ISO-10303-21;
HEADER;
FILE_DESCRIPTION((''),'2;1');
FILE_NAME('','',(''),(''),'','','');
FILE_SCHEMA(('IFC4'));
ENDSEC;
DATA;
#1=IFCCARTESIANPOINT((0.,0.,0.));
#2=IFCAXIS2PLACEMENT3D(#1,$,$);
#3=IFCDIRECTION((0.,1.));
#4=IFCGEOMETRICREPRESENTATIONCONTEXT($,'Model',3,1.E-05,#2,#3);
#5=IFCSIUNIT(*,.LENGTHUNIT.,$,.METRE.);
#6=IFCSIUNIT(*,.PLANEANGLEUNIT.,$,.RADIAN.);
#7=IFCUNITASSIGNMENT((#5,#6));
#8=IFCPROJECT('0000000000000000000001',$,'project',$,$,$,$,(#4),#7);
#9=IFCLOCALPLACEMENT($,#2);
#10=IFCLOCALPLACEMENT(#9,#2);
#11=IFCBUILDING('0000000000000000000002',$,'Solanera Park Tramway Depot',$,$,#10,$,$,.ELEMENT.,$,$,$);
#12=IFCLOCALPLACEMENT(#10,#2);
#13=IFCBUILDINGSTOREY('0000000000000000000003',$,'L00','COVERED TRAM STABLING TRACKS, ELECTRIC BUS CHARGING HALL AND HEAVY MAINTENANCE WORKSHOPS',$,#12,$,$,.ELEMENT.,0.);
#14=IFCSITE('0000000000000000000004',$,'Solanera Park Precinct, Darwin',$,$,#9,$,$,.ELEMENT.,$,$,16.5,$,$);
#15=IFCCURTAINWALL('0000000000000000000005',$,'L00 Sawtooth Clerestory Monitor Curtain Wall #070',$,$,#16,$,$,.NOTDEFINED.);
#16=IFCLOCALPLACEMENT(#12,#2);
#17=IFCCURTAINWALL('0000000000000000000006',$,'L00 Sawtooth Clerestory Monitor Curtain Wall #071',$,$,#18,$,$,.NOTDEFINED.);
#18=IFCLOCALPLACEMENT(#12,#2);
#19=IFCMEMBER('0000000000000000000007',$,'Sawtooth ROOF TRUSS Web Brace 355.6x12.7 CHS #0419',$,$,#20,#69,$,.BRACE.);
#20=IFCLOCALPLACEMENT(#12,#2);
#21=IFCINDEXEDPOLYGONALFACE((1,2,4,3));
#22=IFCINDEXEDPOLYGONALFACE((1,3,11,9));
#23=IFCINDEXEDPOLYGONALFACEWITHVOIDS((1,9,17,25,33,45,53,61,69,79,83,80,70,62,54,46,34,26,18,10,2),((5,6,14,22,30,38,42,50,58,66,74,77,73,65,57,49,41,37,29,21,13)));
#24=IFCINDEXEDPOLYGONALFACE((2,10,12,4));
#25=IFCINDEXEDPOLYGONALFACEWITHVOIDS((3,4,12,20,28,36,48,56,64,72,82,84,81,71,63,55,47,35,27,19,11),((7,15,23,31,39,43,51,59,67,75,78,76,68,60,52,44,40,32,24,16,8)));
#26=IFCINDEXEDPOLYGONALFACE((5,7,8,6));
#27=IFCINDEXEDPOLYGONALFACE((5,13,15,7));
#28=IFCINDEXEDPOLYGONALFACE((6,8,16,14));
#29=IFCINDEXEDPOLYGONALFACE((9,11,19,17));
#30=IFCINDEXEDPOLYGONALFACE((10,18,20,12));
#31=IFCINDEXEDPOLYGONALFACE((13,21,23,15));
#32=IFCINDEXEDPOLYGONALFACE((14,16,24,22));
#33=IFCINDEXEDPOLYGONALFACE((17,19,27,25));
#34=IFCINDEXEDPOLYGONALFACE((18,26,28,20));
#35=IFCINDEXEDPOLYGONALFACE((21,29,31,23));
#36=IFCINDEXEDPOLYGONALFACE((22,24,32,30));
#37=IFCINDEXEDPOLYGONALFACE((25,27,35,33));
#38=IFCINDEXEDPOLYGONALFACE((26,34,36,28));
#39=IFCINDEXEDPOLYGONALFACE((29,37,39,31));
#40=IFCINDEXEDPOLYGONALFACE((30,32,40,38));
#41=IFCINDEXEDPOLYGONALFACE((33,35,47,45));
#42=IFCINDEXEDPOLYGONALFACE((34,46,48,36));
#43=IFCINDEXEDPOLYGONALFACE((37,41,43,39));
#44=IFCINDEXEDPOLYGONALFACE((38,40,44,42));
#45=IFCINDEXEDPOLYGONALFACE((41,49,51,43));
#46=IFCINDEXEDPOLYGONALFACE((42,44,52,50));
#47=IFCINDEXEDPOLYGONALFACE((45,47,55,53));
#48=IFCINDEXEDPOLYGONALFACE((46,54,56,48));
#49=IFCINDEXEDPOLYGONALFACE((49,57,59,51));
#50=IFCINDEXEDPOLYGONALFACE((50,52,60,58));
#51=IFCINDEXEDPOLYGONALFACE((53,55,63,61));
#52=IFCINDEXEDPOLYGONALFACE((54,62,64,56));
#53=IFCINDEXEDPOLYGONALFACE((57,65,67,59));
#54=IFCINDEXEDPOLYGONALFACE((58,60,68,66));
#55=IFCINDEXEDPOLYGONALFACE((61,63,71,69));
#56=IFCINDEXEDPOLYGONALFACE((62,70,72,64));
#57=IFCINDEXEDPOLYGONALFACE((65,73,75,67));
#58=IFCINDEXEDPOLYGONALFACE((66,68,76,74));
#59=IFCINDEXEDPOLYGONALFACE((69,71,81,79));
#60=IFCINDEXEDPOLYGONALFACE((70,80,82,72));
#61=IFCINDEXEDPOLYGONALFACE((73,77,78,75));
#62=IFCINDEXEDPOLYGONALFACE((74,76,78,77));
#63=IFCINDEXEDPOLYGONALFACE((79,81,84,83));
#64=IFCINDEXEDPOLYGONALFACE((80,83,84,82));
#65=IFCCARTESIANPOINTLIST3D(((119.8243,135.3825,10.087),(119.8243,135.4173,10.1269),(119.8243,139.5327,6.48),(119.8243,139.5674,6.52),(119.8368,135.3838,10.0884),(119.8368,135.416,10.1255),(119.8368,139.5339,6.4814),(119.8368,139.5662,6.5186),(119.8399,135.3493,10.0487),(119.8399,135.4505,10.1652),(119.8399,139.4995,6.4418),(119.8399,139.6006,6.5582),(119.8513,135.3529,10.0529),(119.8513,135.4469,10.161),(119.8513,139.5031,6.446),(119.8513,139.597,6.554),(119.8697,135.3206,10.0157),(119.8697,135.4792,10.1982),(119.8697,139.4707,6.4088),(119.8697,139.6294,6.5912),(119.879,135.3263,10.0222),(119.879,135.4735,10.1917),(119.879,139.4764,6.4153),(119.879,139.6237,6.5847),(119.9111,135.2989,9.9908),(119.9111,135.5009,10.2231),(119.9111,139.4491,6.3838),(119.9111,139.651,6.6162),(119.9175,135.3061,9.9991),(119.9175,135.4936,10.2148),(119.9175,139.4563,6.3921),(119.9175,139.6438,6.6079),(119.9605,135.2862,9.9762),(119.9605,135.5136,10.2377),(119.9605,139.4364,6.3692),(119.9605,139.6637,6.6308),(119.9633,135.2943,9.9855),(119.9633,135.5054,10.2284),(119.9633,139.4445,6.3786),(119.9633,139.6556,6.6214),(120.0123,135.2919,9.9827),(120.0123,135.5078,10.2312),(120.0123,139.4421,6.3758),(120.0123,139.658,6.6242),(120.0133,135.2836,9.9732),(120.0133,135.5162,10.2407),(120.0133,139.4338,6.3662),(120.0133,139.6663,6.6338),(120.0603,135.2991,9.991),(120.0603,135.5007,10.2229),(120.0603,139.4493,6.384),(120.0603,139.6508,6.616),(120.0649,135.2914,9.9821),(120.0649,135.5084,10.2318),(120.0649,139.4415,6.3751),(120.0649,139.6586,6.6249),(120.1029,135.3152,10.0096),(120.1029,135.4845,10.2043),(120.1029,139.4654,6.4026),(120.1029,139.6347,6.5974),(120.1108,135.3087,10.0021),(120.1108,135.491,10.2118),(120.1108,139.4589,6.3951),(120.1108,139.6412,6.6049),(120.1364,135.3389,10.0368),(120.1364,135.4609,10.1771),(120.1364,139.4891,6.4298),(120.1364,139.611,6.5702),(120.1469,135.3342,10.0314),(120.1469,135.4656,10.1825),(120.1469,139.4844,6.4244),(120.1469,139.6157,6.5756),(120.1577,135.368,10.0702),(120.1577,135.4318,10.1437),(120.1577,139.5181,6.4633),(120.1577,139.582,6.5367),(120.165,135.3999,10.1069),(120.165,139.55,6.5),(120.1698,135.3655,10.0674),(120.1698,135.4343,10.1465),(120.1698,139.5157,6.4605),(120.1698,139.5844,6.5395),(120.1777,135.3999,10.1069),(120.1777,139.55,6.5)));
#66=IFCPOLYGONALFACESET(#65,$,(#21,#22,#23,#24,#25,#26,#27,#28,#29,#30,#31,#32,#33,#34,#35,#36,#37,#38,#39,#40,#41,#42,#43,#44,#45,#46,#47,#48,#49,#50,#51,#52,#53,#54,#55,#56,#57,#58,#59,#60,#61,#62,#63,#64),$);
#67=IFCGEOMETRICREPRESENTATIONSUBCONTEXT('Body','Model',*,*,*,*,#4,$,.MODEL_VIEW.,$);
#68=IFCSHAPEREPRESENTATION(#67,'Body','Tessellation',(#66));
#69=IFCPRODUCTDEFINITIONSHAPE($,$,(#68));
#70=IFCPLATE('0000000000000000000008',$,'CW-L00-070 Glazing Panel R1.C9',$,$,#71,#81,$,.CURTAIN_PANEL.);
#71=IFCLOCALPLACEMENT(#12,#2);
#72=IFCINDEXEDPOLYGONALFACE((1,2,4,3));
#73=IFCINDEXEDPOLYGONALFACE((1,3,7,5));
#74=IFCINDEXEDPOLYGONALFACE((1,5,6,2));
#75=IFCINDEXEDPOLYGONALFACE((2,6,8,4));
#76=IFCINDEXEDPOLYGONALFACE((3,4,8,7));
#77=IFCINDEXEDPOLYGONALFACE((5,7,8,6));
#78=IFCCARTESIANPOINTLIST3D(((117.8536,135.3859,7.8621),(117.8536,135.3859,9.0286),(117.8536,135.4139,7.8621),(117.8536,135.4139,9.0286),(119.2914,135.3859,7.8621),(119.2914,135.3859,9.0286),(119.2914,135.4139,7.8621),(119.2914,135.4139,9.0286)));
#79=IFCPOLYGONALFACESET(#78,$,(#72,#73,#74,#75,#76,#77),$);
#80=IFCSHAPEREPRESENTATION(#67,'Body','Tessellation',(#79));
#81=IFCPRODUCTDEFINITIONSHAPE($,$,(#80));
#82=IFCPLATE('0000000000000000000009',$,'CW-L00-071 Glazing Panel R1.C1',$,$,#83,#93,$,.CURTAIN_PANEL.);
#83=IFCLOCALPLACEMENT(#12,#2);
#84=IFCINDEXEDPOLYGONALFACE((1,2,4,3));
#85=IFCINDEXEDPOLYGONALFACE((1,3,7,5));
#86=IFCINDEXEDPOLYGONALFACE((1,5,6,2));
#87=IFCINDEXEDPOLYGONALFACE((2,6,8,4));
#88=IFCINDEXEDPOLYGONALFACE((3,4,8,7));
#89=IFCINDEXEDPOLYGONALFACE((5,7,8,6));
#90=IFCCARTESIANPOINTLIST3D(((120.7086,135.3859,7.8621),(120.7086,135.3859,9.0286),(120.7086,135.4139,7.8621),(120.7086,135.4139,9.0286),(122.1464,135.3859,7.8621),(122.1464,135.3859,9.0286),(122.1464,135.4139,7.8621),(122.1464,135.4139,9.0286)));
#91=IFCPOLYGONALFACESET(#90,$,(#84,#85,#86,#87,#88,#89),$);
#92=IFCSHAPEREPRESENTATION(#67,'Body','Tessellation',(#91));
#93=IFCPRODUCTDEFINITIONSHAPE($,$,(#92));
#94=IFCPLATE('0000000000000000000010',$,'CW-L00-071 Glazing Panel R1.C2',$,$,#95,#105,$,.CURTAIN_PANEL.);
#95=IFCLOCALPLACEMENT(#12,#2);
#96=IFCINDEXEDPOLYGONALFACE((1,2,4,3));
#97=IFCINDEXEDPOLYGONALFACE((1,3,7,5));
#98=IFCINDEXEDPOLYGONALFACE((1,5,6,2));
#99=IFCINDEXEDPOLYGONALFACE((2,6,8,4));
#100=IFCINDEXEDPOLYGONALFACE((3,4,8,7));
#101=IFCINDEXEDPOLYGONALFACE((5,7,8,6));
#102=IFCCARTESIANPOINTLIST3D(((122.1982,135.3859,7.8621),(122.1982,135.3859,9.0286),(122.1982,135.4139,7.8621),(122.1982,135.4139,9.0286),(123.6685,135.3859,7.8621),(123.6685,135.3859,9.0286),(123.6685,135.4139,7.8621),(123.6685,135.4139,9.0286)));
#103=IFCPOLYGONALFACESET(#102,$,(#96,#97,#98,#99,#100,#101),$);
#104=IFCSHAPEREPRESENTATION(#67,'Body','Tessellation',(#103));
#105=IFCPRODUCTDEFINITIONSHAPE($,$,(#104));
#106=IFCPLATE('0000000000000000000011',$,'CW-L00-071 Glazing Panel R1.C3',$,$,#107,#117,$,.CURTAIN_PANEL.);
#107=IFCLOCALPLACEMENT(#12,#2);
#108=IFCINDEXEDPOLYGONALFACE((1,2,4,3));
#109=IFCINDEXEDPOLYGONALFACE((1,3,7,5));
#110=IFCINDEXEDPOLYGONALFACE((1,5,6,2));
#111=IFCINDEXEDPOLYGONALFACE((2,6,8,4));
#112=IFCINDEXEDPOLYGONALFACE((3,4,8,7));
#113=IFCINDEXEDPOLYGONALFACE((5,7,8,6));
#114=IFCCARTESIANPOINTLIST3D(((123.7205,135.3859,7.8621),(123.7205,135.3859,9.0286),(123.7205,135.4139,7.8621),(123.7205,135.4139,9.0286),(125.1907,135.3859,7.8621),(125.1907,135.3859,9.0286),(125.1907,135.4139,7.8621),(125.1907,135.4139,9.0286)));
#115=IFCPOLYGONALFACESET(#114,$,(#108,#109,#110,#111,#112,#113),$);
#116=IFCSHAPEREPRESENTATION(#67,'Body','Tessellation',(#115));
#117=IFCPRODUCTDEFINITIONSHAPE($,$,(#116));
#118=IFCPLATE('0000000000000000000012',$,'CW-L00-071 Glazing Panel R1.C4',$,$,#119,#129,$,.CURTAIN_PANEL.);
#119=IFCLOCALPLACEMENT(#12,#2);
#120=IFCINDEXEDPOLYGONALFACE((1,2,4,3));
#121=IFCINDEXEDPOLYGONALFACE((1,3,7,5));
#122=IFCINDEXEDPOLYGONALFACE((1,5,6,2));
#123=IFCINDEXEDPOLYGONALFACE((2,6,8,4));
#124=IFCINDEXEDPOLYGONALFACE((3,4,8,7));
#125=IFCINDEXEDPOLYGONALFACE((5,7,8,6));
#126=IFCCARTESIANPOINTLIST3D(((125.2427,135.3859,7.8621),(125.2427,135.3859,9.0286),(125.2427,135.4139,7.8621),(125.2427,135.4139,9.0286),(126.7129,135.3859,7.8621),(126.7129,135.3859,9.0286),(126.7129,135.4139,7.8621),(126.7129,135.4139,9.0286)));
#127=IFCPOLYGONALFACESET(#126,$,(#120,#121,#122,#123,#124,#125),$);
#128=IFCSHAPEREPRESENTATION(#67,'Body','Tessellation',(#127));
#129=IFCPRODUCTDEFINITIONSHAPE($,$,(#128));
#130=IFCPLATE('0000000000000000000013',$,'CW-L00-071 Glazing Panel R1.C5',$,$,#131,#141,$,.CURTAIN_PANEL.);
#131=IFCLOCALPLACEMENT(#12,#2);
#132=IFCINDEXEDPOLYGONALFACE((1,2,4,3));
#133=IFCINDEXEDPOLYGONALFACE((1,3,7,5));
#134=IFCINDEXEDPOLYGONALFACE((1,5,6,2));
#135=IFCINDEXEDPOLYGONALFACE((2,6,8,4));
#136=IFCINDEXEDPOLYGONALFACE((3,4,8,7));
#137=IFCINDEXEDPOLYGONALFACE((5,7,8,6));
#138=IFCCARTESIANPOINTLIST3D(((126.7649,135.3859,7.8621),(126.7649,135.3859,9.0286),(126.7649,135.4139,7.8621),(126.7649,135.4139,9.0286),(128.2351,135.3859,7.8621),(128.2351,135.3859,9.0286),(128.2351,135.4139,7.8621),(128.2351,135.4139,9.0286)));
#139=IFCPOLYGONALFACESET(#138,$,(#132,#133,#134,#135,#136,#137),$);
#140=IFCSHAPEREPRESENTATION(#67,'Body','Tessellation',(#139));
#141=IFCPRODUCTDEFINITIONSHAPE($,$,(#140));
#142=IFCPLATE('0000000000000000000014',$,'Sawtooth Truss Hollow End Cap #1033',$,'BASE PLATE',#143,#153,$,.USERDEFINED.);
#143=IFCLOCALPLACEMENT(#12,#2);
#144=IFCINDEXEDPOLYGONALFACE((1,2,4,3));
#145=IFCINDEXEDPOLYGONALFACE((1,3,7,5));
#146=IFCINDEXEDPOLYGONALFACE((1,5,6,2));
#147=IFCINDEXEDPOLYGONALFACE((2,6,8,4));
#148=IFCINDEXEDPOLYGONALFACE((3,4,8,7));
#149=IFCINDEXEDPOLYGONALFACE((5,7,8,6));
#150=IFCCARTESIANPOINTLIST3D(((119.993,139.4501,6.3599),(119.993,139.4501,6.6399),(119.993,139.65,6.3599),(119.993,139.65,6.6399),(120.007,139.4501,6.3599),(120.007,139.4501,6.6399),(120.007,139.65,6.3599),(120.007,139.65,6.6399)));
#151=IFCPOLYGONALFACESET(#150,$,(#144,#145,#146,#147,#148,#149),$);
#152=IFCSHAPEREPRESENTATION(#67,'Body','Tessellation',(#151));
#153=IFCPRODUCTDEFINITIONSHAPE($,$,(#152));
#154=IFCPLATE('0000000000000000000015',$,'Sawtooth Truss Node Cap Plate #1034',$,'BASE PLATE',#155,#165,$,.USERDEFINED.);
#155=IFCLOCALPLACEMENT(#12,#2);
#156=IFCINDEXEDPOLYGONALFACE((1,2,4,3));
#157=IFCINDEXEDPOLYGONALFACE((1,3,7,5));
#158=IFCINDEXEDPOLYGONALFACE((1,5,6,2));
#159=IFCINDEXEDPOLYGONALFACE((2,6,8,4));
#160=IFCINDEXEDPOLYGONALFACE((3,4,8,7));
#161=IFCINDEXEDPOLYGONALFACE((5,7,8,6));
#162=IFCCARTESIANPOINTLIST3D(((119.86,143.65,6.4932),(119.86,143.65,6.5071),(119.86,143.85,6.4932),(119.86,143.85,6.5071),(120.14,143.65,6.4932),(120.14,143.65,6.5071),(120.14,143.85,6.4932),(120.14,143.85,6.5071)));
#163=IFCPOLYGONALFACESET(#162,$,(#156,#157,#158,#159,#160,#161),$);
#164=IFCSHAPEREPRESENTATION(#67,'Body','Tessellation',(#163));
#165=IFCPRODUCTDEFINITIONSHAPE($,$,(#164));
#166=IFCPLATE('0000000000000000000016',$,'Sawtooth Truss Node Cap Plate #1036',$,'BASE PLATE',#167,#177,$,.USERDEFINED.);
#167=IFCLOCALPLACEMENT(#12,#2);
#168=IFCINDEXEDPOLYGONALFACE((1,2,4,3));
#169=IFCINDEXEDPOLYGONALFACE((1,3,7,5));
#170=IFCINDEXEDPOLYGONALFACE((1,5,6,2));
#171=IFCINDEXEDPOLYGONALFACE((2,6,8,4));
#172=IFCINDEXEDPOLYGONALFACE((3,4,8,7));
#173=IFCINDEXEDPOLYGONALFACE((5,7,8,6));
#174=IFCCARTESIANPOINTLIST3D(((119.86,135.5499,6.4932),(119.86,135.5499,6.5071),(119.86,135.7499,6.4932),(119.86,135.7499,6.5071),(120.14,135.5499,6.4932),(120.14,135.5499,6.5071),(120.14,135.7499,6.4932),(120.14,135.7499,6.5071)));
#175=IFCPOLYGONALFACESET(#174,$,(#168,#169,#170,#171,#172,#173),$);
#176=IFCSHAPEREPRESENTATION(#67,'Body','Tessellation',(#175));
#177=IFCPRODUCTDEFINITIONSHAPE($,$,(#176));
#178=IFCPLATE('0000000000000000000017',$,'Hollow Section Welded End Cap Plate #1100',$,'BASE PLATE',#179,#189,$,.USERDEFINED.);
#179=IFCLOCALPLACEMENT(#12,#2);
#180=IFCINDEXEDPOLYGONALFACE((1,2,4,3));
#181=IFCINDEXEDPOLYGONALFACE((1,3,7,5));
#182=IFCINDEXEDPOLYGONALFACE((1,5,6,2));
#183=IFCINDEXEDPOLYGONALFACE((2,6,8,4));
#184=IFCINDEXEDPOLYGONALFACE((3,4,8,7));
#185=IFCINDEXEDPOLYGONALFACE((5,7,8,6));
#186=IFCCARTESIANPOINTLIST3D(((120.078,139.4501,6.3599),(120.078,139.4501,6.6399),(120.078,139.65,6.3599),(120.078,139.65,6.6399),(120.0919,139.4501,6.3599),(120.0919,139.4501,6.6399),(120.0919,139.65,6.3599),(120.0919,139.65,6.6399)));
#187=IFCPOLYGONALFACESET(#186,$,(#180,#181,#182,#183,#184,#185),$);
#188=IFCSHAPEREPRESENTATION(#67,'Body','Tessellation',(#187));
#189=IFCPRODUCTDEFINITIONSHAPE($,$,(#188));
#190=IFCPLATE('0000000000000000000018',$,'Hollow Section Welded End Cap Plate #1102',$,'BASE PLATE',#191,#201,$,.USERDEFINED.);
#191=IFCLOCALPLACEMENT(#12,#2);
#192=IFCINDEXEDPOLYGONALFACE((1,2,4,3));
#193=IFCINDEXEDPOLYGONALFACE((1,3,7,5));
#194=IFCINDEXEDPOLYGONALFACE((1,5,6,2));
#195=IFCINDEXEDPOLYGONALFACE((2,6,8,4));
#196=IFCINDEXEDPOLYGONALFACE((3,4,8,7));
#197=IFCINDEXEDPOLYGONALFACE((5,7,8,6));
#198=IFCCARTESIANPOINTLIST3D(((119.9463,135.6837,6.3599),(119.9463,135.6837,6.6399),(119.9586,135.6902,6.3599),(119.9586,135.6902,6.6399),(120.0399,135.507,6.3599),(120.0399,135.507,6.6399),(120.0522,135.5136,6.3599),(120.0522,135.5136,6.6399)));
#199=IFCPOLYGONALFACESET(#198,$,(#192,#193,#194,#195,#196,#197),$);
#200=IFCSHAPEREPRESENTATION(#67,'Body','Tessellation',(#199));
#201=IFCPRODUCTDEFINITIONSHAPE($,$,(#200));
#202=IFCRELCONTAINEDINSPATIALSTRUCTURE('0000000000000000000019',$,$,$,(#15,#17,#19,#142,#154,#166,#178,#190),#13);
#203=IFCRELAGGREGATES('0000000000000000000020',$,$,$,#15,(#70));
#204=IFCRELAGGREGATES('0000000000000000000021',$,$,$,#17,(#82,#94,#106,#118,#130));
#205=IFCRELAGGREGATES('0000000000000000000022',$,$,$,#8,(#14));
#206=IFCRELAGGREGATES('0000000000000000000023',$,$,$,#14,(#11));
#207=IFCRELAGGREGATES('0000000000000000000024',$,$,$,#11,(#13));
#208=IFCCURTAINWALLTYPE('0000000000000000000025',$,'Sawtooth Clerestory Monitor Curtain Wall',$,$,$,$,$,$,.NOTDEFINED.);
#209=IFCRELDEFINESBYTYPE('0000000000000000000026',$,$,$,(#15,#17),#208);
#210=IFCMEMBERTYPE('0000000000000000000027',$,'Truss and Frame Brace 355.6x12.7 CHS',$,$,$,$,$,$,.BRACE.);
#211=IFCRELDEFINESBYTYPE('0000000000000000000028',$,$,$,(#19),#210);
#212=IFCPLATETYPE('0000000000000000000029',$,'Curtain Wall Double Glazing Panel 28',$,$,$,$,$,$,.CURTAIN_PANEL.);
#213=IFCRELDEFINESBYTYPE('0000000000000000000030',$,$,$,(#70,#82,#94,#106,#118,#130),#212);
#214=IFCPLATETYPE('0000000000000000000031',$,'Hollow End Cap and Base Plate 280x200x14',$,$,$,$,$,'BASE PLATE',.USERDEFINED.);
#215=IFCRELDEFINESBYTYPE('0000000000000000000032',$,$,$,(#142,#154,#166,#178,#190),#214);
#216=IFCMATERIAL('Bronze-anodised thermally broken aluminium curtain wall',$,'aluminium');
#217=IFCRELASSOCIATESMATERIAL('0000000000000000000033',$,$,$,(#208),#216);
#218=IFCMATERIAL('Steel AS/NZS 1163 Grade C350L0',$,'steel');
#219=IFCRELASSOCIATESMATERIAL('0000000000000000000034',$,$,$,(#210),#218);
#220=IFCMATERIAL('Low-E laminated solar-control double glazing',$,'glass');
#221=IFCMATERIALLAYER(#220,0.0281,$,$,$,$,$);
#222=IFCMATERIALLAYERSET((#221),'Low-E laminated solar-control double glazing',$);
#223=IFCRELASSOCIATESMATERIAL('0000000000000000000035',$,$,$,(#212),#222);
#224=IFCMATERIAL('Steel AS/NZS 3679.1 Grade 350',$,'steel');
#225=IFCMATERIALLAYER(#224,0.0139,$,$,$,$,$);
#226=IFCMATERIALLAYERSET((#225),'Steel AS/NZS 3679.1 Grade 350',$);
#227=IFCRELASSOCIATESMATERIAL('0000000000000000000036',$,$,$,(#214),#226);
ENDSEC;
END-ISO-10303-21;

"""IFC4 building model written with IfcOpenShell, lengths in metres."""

from ifc_helpers import new_model, si_unit, direction, frame, origin, origin_2d, place, context, subcontext, project, spatial, rectangle, hollow_circle, extrude, material, layer, layer_set, material_profile, profile_set, type_object, element, aggregate, save


model = new_model("IFC4")

# Units and contexts
model_context = context("Model", 3, precision=1e-05, world=origin(), true_north=direction((0.0, 1.0)))
body_context = subcontext(model_context, "Body", "Model", "MODEL_VIEW")
ifc_project = project(units=[si_unit("LENGTHUNIT", "METRE"), si_unit("PLANEANGLEUNIT", "RADIAN")], contexts=[model_context])

# Site, building, storey
site_placement = place(None, origin())
site = spatial("IfcSite", under=ifc_project, at=site_placement, Name="Solanera Park Precinct, Darwin", CompositionType="ELEMENT", RefElevation=16.5)
building_placement = place(site_placement, origin())
building = spatial("IfcBuilding", under=site, at=building_placement, Name="Solanera Park Tramway Depot", CompositionType="ELEMENT")
storey_placement = place(building_placement, origin())
storey = spatial("IfcBuildingStorey", under=building, at=storey_placement, Name="L00", Description="COVERED TRAM STABLING TRACKS, ELECTRIC BUS CHARGING HALL AND HEAVY MAINTENANCE WORKSHOPS", CompositionType="ELEMENT", Elevation=0.0)

# Curtain wall
ifc_material_1 = material(Name="Bronze-anodised thermally broken aluminium curtain wall", Category="aluminium")
curtain_wall_type = type_object("IfcCurtainWallType", Name="Sawtooth Clerestory Monitor Curtain Wall", PredefinedType="NOTDEFINED", material=ifc_material_1)
curtain_wall_1_placement = place(storey_placement, origin())
curtain_wall_1 = element("IfcCurtainWall", 1, at=curtain_wall_1_placement, inside=storey, type_object=curtain_wall_type, Name="L00 Sawtooth Clerestory Monitor Curtain Wall #070", PredefinedType="NOTDEFINED")

# Curtain wall
curtain_wall_2_placement = place(storey_placement, origin())
curtain_wall_2 = element("IfcCurtainWall", 2, at=curtain_wall_2_placement, inside=storey, type_object=curtain_wall_type, Name="L00 Sawtooth Clerestory Monitor Curtain Wall #071", PredefinedType="NOTDEFINED")

# Member
ifc_material_2 = material(Name="Steel AS/NZS 1163 Grade C350L0", Category="steel")
ifc_material_profile_1 = material_profile(ifc_material_2, hollow_circle(Radius=0.1777, WallThickness=0.0127, at=origin_2d()), Name="355.6x12.7 CHS")
ifc_profile_set_1 = profile_set([ifc_material_profile_1], Name="Steel AS/NZS 1163 Grade C350L0")
member_type_1 = type_object("IfcMemberType", Name="Truss and Frame Brace 355.6x12.7 CHS", PredefinedType="BRACE", material=ifc_profile_set_1)
member_1_placement = place(storey_placement, frame((120.0, 139.55, 6.5), z_axis=(0.0, -0.754776, 0.655983), x_axis=(1.0, 0.0, 0.0)))
element("IfcMember", 3, at=member_1_placement, inside=storey, type_object=member_type_1, Name="Sawtooth ROOF TRUSS Web Brace 355.6x12.7 CHS #0419", PredefinedType="BRACE", context=body_context, shape_type="SweptSolid", body=[
    extrude(hollow_circle(Radius=0.1777, WallThickness=0.0127, at=origin_2d()), origin(), (0.0, 0.0, 1.0), 5.4985),
])

# Plates
ifc_material_3 = material(Name="Low-E laminated solar-control double glazing", Category="glass")
ifc_layer_1 = layer(ifc_material_3, 0.0281)
ifc_layer_set_1 = layer_set([ifc_layer_1], Name="Low-E laminated solar-control double glazing")
plate_type_1 = type_object("IfcPlateType", Name="Curtain Wall Double Glazing Panel 28", PredefinedType="CURTAIN_PANEL", material=ifc_layer_set_1)
plate_1_placement = place(storey_placement, frame((118.5725, 135.3999, 7.8621), z_axis=(0.0, 0.0, 1.0), x_axis=(1.0, 0.0, 0.0)))
plate_1 = element("IfcPlate", 4, at=plate_1_placement, type_object=plate_type_1, Name="CW-L00-070 Glazing Panel R1.C9", PredefinedType="CURTAIN_PANEL", context=body_context, shape_type="SweptSolid", body=[
    extrude(rectangle(XDim=1.4377, YDim=0.0281, at=origin_2d()), origin(), (0.0, 0.0, 1.0), 1.1665),
])
aggregate(curtain_wall_1, [plate_1])
plate_2_placement = place(storey_placement, frame((121.4275, 135.3999, 7.8621), z_axis=(0.0, 0.0, 1.0), x_axis=(1.0, 0.0, 0.0)))
plate_2 = element("IfcPlate", 5, at=plate_2_placement, type_object=plate_type_1, Name="CW-L00-071 Glazing Panel R1.C1", PredefinedType="CURTAIN_PANEL", context=body_context, shape_type="SweptSolid", body=[
    extrude(rectangle(XDim=1.4377, YDim=0.0281, at=origin_2d()), origin(), (0.0, 0.0, 1.0), 1.1665),
])
plate_3_placement = place(storey_placement, frame((122.9333, 135.3999, 7.8621), z_axis=(0.0, 0.0, 1.0), x_axis=(1.0, 0.0, 0.0)))
plate_3 = element("IfcPlate", 6, at=plate_3_placement, type_object=plate_type_1, Name="CW-L00-071 Glazing Panel R1.C2", PredefinedType="CURTAIN_PANEL", context=body_context, shape_type="SweptSolid", body=[
    extrude(rectangle(XDim=1.4702, YDim=0.0281, at=origin_2d()), origin(), (0.0, 0.0, 1.0), 1.1665),
])
plate_4_placement = place(storey_placement, frame((124.4556, 135.3999, 7.8621), z_axis=(0.0, 0.0, 1.0), x_axis=(1.0, 0.0, 0.0)))
plate_4 = element("IfcPlate", 7, at=plate_4_placement, type_object=plate_type_1, Name="CW-L00-071 Glazing Panel R1.C3", PredefinedType="CURTAIN_PANEL", context=body_context, shape_type="SweptSolid", body=[
    extrude(rectangle(XDim=1.4702, YDim=0.0281, at=origin_2d()), origin(), (0.0, 0.0, 1.0), 1.1665),
])
plate_5_placement = place(storey_placement, frame((125.9778, 135.3999, 7.8621), z_axis=(0.0, 0.0, 1.0), x_axis=(1.0, 0.0, 0.0)))
plate_5 = element("IfcPlate", 8, at=plate_5_placement, type_object=plate_type_1, Name="CW-L00-071 Glazing Panel R1.C4", PredefinedType="CURTAIN_PANEL", context=body_context, shape_type="SweptSolid", body=[
    extrude(rectangle(XDim=1.4702, YDim=0.0281, at=origin_2d()), origin(), (0.0, 0.0, 1.0), 1.1665),
])
plate_6_placement = place(storey_placement, frame((127.5, 135.3999, 7.8621), z_axis=(0.0, 0.0, 1.0), x_axis=(1.0, 0.0, 0.0)))
plate_6 = element("IfcPlate", 9, at=plate_6_placement, type_object=plate_type_1, Name="CW-L00-071 Glazing Panel R1.C5", PredefinedType="CURTAIN_PANEL", context=body_context, shape_type="SweptSolid", body=[
    extrude(rectangle(XDim=1.4702, YDim=0.0281, at=origin_2d()), origin(), (0.0, 0.0, 1.0), 1.1665),
])
aggregate(curtain_wall_2, [plate_2, plate_3, plate_4, plate_5, plate_6])

# Plates
ifc_material_4 = material(Name="Steel AS/NZS 3679.1 Grade 350", Category="steel")
ifc_layer_2 = layer(ifc_material_4, 0.0139)
ifc_layer_set_2 = layer_set([ifc_layer_2], Name="Steel AS/NZS 3679.1 Grade 350")
plate_type_2 = type_object("IfcPlateType", Name="Hollow End Cap and Base Plate 280x200x14", ElementType="BASE PLATE", PredefinedType="USERDEFINED", material=ifc_layer_set_2)
plate_7_placement = place(storey_placement, frame((120.0, 139.55, 6.3599), z_axis=(0.0, 0.0, 1.0), x_axis=(1.0, 0.0, 0.0)))
element("IfcPlate", 10, at=plate_7_placement, inside=storey, type_object=plate_type_2, Name="Sawtooth Truss Hollow End Cap #1033", ObjectType="BASE PLATE", PredefinedType="USERDEFINED", context=body_context, shape_type="SweptSolid", body=[
    extrude(rectangle(XDim=0.0139, YDim=0.2, at=origin_2d()), origin(), (0.0, 0.0, 1.0), 0.28),
])
for number, where, z_axis, x_axis, name in (
    (11, (120.0, 143.75, 6.4932), (0.0, 0.0, 1.0), (1.0, 0.0, 0.0), "Sawtooth Truss Node Cap Plate #1034"),
    (12, (120.0, 135.6499, 6.4932), (0.0, 0.0, 1.0), (1.0, 0.0, 0.0), "Sawtooth Truss Node Cap Plate #1036"),
):
    element("IfcPlate", number, at=place(storey_placement, frame(where, z_axis=z_axis, x_axis=x_axis)), inside=storey, type_object=plate_type_2, Name=name, ObjectType="BASE PLATE", PredefinedType="USERDEFINED", context=body_context, shape_type="SweptSolid", body=[
        extrude(rectangle(XDim=0.28, YDim=0.2, at=origin_2d()), origin(), (0.0, 0.0, 1.0), 0.0139),
    ])
for number, where, z_axis, x_axis, name in (
    (13, (120.085, 139.55, 6.3599), (0.0, 0.0, 1.0), (1.0, 0.0, 0.0), "Hollow Section Welded End Cap Plate #1100"),
    (14, (119.9993, 135.5986, 6.3599), (0.0, 0.0, 1.0), (0.883521, 0.468392, 0.0), "Hollow Section Welded End Cap Plate #1102"),
):
    element("IfcPlate", number, at=place(storey_placement, frame(where, z_axis=z_axis, x_axis=x_axis)), inside=storey, type_object=plate_type_2, Name=name, ObjectType="BASE PLATE", PredefinedType="USERDEFINED", context=body_context, shape_type="SweptSolid", body=[
        extrude(rectangle(XDim=0.0139, YDim=0.2, at=origin_2d()), origin(), (0.0, 0.0, 1.0), 0.28),
    ])

save(model, "model.ifc")
